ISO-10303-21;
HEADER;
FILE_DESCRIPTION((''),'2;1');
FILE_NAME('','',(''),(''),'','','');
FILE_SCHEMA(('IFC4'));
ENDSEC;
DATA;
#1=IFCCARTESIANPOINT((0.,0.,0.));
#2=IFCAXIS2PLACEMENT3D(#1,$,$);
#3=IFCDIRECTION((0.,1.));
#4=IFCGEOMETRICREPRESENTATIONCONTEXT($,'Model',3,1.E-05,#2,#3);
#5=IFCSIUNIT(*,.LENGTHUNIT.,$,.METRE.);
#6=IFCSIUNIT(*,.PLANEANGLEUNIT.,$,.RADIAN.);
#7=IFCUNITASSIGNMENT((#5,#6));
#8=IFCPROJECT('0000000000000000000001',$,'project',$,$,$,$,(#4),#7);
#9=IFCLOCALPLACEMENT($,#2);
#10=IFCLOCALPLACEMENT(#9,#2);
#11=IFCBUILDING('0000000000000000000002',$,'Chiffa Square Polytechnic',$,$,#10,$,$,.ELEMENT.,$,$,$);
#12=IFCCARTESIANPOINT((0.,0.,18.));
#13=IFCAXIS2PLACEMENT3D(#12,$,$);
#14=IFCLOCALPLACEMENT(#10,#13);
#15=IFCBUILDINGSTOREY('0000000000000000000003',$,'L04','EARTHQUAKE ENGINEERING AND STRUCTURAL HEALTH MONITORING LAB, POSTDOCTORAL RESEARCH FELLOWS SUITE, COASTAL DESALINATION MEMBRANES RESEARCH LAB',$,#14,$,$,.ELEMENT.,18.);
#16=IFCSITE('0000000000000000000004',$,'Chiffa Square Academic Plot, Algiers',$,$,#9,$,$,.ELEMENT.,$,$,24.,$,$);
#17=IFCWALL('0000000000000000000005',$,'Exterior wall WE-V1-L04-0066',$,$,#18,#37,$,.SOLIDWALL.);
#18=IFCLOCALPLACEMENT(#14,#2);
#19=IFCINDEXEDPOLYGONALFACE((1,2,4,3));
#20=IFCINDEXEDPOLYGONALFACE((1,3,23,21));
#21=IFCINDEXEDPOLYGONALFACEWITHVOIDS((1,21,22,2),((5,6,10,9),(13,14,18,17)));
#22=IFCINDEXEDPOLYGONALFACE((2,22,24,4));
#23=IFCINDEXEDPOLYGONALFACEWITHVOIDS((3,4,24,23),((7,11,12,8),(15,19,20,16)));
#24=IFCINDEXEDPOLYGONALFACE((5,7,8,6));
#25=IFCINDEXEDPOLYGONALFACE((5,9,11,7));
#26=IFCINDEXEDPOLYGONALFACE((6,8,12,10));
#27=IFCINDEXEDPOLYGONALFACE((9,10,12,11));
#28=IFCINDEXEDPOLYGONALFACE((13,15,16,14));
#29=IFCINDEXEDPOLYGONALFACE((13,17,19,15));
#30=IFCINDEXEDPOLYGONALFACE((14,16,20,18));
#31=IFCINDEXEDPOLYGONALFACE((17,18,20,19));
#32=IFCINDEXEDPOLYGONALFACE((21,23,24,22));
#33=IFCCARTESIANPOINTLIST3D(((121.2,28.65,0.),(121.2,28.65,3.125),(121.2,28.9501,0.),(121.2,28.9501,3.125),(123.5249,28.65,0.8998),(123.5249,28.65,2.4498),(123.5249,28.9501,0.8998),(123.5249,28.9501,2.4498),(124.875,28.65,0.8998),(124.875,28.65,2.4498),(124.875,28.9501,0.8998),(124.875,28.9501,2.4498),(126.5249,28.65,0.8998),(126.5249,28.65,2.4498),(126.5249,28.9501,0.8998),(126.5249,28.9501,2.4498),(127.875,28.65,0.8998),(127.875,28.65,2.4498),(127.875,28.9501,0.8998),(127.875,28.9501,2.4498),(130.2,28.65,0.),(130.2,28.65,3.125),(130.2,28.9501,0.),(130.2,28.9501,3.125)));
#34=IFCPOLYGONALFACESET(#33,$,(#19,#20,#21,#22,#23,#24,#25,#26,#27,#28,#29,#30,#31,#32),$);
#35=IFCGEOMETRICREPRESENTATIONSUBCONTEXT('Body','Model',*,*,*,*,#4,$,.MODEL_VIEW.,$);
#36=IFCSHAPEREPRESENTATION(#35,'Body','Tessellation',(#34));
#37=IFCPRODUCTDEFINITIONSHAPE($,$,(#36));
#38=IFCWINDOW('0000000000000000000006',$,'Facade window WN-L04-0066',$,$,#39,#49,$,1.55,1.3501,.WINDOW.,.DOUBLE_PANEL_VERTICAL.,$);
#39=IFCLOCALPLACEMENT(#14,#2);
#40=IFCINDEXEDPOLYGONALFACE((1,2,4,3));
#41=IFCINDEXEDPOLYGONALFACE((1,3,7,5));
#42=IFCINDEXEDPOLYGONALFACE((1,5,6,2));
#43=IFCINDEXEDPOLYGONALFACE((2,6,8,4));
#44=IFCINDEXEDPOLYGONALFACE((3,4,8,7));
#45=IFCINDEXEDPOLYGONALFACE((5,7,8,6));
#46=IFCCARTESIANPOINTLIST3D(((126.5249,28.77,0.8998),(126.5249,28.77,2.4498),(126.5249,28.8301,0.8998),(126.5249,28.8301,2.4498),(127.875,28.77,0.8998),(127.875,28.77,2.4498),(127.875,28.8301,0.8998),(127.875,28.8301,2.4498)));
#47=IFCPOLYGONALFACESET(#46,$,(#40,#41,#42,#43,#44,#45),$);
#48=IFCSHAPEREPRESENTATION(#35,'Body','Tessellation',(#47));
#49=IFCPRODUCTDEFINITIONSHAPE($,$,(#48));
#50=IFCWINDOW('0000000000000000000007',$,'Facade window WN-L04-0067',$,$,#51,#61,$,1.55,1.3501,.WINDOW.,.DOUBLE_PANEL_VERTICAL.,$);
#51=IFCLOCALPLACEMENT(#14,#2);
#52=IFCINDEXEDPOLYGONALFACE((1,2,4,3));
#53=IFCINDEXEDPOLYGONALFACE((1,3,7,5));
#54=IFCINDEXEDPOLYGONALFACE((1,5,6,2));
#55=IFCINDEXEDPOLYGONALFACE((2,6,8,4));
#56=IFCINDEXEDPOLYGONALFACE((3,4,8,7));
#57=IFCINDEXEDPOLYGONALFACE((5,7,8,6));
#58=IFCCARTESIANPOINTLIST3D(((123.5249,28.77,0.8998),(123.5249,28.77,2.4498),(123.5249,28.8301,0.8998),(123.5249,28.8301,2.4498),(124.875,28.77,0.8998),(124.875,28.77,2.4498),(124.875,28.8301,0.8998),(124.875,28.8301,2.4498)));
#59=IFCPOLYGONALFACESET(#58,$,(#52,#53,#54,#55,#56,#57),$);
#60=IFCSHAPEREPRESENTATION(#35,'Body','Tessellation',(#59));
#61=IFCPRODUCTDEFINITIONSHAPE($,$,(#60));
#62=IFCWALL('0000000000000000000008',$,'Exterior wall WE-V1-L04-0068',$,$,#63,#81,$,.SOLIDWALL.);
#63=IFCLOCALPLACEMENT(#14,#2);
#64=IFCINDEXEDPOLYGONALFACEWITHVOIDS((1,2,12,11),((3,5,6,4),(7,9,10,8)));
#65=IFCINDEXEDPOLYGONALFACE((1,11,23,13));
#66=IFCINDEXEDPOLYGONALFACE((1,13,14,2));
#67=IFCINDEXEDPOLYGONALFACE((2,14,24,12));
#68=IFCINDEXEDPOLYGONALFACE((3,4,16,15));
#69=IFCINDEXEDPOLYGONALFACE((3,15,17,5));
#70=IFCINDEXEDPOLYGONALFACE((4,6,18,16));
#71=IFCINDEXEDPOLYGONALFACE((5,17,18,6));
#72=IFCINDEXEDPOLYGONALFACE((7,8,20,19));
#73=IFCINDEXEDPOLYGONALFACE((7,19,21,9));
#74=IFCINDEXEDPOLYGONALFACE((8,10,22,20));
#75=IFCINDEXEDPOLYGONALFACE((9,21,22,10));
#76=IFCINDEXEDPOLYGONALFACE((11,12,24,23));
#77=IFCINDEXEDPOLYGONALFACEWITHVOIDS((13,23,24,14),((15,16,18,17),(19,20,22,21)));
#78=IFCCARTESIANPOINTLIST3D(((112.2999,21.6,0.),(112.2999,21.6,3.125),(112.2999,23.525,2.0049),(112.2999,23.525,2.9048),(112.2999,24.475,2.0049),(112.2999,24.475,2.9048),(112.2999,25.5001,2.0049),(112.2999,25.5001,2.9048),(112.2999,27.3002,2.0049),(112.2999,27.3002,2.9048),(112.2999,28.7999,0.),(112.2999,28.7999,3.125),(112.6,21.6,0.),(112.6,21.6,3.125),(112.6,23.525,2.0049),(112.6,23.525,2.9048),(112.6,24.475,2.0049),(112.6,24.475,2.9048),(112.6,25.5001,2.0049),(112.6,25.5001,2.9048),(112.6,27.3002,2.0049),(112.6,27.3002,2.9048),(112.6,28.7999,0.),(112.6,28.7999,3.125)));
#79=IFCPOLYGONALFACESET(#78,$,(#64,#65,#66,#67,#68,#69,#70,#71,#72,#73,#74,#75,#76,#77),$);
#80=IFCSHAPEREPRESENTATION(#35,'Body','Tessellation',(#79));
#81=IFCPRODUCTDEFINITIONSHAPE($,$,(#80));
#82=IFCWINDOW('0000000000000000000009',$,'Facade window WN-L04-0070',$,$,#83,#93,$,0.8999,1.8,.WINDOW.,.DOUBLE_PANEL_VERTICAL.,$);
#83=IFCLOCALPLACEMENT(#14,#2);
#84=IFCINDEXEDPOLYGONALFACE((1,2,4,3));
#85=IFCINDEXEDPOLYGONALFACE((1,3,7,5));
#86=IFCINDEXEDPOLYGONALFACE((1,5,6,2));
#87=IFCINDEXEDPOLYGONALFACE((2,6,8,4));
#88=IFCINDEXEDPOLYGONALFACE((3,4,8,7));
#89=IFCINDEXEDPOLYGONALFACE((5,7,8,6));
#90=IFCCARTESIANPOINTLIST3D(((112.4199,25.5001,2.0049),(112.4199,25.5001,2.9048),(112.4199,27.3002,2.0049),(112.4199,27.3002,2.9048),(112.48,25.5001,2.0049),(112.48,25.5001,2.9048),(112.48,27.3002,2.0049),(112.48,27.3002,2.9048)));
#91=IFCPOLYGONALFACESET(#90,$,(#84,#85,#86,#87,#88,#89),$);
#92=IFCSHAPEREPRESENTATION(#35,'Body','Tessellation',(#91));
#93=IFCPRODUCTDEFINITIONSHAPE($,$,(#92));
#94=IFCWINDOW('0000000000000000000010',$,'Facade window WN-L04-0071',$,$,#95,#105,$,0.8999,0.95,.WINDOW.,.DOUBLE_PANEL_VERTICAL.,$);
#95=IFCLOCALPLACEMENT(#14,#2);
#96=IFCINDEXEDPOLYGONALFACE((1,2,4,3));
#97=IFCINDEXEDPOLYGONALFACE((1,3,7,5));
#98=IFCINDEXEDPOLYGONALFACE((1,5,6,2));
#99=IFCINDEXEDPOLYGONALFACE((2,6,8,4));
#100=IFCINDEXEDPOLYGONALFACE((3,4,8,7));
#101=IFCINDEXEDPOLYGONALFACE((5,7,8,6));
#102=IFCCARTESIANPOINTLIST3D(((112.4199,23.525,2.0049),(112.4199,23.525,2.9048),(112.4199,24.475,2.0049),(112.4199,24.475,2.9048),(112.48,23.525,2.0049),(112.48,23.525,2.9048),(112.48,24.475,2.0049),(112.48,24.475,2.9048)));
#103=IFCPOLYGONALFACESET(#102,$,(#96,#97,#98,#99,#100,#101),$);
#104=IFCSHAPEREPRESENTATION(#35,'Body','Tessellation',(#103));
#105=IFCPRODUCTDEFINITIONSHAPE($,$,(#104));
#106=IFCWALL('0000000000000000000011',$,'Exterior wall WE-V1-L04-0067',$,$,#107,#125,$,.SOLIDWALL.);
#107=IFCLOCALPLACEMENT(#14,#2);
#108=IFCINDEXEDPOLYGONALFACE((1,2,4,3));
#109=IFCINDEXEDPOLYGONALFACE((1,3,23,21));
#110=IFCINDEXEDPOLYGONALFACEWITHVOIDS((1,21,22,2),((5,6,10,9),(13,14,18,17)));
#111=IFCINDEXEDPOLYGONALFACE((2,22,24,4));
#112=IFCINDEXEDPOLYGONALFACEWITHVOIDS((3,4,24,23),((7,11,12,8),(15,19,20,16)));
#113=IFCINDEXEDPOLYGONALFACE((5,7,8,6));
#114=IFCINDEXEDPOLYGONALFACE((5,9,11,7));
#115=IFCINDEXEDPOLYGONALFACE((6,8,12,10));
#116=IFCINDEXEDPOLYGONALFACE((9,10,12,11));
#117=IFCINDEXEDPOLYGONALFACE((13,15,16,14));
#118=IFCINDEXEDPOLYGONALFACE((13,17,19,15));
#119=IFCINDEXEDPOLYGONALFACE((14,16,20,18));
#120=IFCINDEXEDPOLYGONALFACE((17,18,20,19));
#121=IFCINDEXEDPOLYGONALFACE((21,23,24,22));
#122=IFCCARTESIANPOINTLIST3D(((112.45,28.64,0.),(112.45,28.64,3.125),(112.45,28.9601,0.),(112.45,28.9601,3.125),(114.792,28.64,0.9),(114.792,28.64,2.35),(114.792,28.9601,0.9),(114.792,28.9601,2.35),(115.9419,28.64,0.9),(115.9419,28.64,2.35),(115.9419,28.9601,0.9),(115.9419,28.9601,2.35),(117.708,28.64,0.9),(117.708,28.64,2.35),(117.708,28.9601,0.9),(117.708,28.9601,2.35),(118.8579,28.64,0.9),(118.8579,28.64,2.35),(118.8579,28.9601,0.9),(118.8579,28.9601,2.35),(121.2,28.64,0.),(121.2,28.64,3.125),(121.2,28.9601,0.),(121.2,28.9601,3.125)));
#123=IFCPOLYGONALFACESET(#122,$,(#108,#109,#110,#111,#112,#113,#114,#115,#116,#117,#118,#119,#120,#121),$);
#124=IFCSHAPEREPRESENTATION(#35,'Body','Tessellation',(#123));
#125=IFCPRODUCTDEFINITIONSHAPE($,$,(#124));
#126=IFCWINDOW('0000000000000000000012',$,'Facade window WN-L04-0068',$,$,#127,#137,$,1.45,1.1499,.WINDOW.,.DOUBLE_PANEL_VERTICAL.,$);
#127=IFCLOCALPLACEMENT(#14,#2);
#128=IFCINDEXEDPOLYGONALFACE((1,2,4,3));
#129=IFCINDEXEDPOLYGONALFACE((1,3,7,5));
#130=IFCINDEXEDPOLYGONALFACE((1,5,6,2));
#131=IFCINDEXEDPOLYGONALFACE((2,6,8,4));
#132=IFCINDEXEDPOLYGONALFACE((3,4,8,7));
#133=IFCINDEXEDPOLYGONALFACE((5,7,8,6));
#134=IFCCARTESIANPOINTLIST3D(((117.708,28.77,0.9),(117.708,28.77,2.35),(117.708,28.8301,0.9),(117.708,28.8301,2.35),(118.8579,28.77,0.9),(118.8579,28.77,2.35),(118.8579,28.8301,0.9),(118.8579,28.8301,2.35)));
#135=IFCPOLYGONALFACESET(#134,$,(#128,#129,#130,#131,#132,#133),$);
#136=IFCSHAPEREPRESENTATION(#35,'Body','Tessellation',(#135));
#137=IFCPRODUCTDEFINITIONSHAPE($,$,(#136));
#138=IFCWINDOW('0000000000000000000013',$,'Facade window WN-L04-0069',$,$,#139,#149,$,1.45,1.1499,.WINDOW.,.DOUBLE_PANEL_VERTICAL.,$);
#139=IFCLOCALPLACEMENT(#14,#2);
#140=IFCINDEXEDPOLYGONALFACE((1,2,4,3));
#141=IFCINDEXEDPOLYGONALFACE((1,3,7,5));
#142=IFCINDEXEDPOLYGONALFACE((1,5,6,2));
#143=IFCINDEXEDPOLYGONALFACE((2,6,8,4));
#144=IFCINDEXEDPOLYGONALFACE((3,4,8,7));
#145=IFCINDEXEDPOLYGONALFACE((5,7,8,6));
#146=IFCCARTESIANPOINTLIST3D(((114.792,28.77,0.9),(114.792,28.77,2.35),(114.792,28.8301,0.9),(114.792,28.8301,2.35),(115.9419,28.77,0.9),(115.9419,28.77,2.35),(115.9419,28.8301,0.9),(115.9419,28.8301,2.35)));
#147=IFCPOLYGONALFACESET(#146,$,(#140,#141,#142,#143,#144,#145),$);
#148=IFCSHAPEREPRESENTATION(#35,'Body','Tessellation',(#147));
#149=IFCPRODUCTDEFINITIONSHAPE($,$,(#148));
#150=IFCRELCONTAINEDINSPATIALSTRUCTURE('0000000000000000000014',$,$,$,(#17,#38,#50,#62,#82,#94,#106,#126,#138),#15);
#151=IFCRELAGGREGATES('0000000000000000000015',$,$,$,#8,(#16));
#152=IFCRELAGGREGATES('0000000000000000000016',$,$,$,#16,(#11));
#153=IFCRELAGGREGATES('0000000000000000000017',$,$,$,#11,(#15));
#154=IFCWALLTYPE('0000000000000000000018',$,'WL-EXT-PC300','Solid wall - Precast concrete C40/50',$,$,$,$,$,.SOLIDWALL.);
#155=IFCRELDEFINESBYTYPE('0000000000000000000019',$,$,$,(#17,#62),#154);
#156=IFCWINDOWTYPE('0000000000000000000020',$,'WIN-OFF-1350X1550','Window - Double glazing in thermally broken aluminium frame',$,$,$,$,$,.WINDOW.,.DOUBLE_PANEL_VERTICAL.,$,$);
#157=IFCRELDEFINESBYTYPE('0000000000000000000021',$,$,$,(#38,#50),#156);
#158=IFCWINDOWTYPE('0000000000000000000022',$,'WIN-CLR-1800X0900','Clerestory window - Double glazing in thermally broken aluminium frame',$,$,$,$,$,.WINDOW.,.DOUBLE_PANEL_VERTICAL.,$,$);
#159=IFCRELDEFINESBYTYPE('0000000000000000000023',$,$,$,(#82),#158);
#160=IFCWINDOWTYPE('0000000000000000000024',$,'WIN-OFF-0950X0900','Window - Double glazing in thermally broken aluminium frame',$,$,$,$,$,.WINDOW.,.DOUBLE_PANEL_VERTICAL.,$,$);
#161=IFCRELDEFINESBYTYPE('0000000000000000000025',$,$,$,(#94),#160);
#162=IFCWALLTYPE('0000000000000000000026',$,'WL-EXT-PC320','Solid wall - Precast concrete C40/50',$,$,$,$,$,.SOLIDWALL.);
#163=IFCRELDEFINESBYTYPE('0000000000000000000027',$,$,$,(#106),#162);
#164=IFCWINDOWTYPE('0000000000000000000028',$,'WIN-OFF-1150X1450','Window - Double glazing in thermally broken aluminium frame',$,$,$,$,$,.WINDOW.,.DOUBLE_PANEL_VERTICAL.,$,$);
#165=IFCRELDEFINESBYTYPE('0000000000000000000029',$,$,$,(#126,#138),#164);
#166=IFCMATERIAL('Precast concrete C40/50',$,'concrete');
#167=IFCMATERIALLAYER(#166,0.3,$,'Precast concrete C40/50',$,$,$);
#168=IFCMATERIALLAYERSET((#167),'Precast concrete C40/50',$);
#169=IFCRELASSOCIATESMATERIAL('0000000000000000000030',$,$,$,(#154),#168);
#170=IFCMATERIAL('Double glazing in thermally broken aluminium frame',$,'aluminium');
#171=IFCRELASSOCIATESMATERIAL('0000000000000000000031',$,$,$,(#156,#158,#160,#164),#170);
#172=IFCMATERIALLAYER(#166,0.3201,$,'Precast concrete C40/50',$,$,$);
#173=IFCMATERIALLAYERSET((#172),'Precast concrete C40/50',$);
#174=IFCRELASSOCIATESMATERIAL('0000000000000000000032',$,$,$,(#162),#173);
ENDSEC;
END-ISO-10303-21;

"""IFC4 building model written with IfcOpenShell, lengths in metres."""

from ifc_helpers import new_model, si_unit, direction, frame, frame_2d, origin, place, context, subcontext, project, spatial, rectangle, extrude, material, layer, layer_set, type_object, element, fill, save


model = new_model("IFC4")

# Units and contexts
model_context = context("Model", 3, precision=1e-05, world=origin(), true_north=direction((0.0, 1.0)))
body_context = subcontext(model_context, "Body", "Model", "MODEL_VIEW")
ifc_project = project(units=[si_unit("LENGTHUNIT", "METRE"), si_unit("PLANEANGLEUNIT", "RADIAN")], contexts=[model_context])

# Site, building, storey
site_placement = place(None, origin())
site = spatial("IfcSite", under=ifc_project, at=site_placement, Name="Chiffa Square Academic Plot, Algiers", CompositionType="ELEMENT", RefElevation=24.0)
building_placement = place(site_placement, origin())
building = spatial("IfcBuilding", under=site, at=building_placement, Name="Chiffa Square Polytechnic", CompositionType="ELEMENT")
storey_placement = place(building_placement, frame((0.0, 0.0, 18.0)))
storey = spatial("IfcBuildingStorey", under=building, at=storey_placement, Name="L04", Description="EARTHQUAKE ENGINEERING AND STRUCTURAL HEALTH MONITORING LAB, POSTDOCTORAL RESEARCH FELLOWS SUITE, COASTAL DESALINATION MEMBRANES RESEARCH LAB", CompositionType="ELEMENT", Elevation=18.0)

# Shared definitions
ifc_material_1 = material(Name="Precast concrete C40/50", Category="concrete")

# Walls, openings, windows
ifc_layer_1 = layer(ifc_material_1, 0.3, Name="Precast concrete C40/50")
ifc_layer_set_1 = layer_set([ifc_layer_1], Name="Precast concrete C40/50")
wall_type_1 = type_object("IfcWallType", Name="WL-EXT-PC300", Description="Solid wall - Precast concrete C40/50", PredefinedType="SOLIDWALL", material=ifc_layer_set_1)
wall_1_placement = place(storey_placement, frame((130.2, 28.8, 0.0), z_axis=(0.0, 0.0, 1.0), x_axis=(-1.0, 0.0, 0.0)))
wall_1 = element("IfcWall", 1, at=wall_1_placement, inside=storey, type_object=wall_type_1, Name="Exterior wall WE-V1-L04-0066", PredefinedType="SOLIDWALL", context=body_context, shape_type="SweptSolid", body=[
    extrude(rectangle(XDim=9.0, YDim=0.3, at=frame_2d((4.5, 0.0))), origin(), (0.0, 0.0, 1.0), 3.125),
])
opening_1_placement = place(wall_1_placement, frame((2.325, 0.0, 0.8999)))
opening_1 = element("IfcOpeningElement", 2, at=opening_1_placement, cuts=wall_1, PredefinedType="OPENING", context=body_context, shape_type="SweptSolid", body=[
    extrude(rectangle(XDim=1.3501, YDim=1.55, at=frame_2d((0.675, 0.7749))), frame((0.0, 0.1602, 0.0), z_axis=(0.0, -1.0, 0.0), x_axis=(1.0, 0.0, 0.0)), (0.0, 0.0, 1.0), 0.3201),
])
opening_2_placement = place(wall_1_placement, frame((5.325, 0.0, 0.8999)))
opening_2 = element("IfcOpeningElement", 3, at=opening_2_placement, cuts=wall_1, PredefinedType="OPENING", context=body_context, shape_type="SweptSolid", body=[
    extrude(rectangle(XDim=1.3501, YDim=1.55, at=frame_2d((0.675, 0.7749))), frame((0.0, 0.1602, 0.0), z_axis=(0.0, -1.0, 0.0), x_axis=(1.0, 0.0, 0.0)), (0.0, 0.0, 1.0), 0.3201),
])
ifc_material_2 = material(Name="Double glazing in thermally broken aluminium frame", Category="aluminium")
window_type_1 = type_object("IfcWindowType", Name="WIN-OFF-1350X1550", Description="Window - Double glazing in thermally broken aluminium frame", PartitioningType="DOUBLE_PANEL_VERTICAL", PredefinedType="WINDOW", material=ifc_material_2)
window_1_placement = place(opening_1_placement, origin())
window_1 = element("IfcWindow", 4, at=window_1_placement, inside=storey, type_object=window_type_1, Name="Facade window WN-L04-0066", OverallHeight=1.55, OverallWidth=1.3501, PartitioningType="DOUBLE_PANEL_VERTICAL", PredefinedType="WINDOW", context=body_context, shape_type="SweptSolid", body=[
    extrude(rectangle(XDim=1.3501, YDim=1.55, at=frame_2d((0.675, 0.7749))), frame((0.0, 0.03, 0.0), z_axis=(0.0, -1.0, 0.0), x_axis=(1.0, 0.0, 0.0)), (0.0, 0.0, 1.0), 0.0601),
])
fill(opening_1, window_1)
window_2_placement = place(opening_2_placement, origin())
window_2 = element("IfcWindow", 5, at=window_2_placement, inside=storey, type_object=window_type_1, Name="Facade window WN-L04-0067", OverallHeight=1.55, OverallWidth=1.3501, PartitioningType="DOUBLE_PANEL_VERTICAL", PredefinedType="WINDOW", context=body_context, shape_type="SweptSolid", body=[
    extrude(rectangle(XDim=1.3501, YDim=1.55, at=frame_2d((0.675, 0.7749))), frame((0.0, 0.03, 0.0), z_axis=(0.0, -1.0, 0.0), x_axis=(1.0, 0.0, 0.0)), (0.0, 0.0, 1.0), 0.0601),
])
fill(opening_2, window_2)
wall_2_placement = place(storey_placement, frame((112.45, 28.8, 0.0), z_axis=(0.0, 0.0, 1.0), x_axis=(0.0, -1.0, 0.0)))
wall_2 = element("IfcWall", 6, at=wall_2_placement, inside=storey, type_object=wall_type_1, Name="Exterior wall WE-V1-L04-0068", PredefinedType="SOLIDWALL", context=body_context, shape_type="SweptSolid", body=[
    extrude(rectangle(XDim=7.2, YDim=0.3, at=frame_2d((3.6001, 0.0))), origin(), (0.0, 0.0, 1.0), 3.125),
])
opening_3_placement = place(wall_2_placement, frame((1.5, 0.0, 2.0049)))
opening_3 = element("IfcOpeningElement", 7, at=opening_3_placement, cuts=wall_2, PredefinedType="OPENING", context=body_context, shape_type="SweptSolid", body=[
    extrude(rectangle(XDim=1.8, YDim=0.8999, at=frame_2d((0.8999, 0.45))), frame((0.0, 0.1602, 0.0), z_axis=(0.0, -1.0, 0.0), x_axis=(1.0, 0.0, 0.0)), (0.0, 0.0, 1.0), 0.3201),
])
opening_4_placement = place(wall_2_placement, frame((4.325, 0.0, 2.0049)))
opening_4 = element("IfcOpeningElement", 8, at=opening_4_placement, cuts=wall_2, PredefinedType="OPENING", context=body_context, shape_type="SweptSolid", body=[
    extrude(rectangle(XDim=0.95, YDim=0.8999, at=frame_2d((0.4751, 0.45))), frame((0.0, 0.1602, 0.0), z_axis=(0.0, -1.0, 0.0), x_axis=(1.0, 0.0, 0.0)), (0.0, 0.0, 1.0), 0.3201),
])
window_type_2 = type_object("IfcWindowType", Name="WIN-CLR-1800X0900", Description="Clerestory window - Double glazing in thermally broken aluminium frame", PartitioningType="DOUBLE_PANEL_VERTICAL", PredefinedType="WINDOW", material=ifc_material_2)
window_3_placement = place(opening_3_placement, origin())
window_3 = element("IfcWindow", 9, at=window_3_placement, inside=storey, type_object=window_type_2, Name="Facade window WN-L04-0070", OverallHeight=0.8999, OverallWidth=1.8, PartitioningType="DOUBLE_PANEL_VERTICAL", PredefinedType="WINDOW", context=body_context, shape_type="SweptSolid", body=[
    extrude(rectangle(XDim=1.8, YDim=0.8999, at=frame_2d((0.8999, 0.45))), frame((0.0, 0.03, 0.0), z_axis=(0.0, -1.0, 0.0), x_axis=(1.0, 0.0, 0.0)), (0.0, 0.0, 1.0), 0.0601),
])
fill(opening_3, window_3)
window_type_3 = type_object("IfcWindowType", Name="WIN-OFF-0950X0900", Description="Window - Double glazing in thermally broken aluminium frame", PartitioningType="DOUBLE_PANEL_VERTICAL", PredefinedType="WINDOW", material=ifc_material_2)
window_4_placement = place(opening_4_placement, origin())
window_4 = element("IfcWindow", 10, at=window_4_placement, inside=storey, type_object=window_type_3, Name="Facade window WN-L04-0071", OverallHeight=0.8999, OverallWidth=0.95, PartitioningType="DOUBLE_PANEL_VERTICAL", PredefinedType="WINDOW", context=body_context, shape_type="SweptSolid", body=[
    extrude(rectangle(XDim=0.95, YDim=0.8999, at=frame_2d((0.4751, 0.45))), frame((0.0, 0.03, 0.0), z_axis=(0.0, -1.0, 0.0), x_axis=(1.0, 0.0, 0.0)), (0.0, 0.0, 1.0), 0.0601),
])
fill(opening_4, window_4)
ifc_layer_2 = layer(ifc_material_1, 0.3201, Name="Precast concrete C40/50")
ifc_layer_set_2 = layer_set([ifc_layer_2], Name="Precast concrete C40/50")
wall_type_2 = type_object("IfcWallType", Name="WL-EXT-PC320", Description="Solid wall - Precast concrete C40/50", PredefinedType="SOLIDWALL", material=ifc_layer_set_2)
wall_3_placement = place(storey_placement, frame((121.2, 28.8, 0.0), z_axis=(0.0, 0.0, 1.0), x_axis=(-1.0, 0.0, 0.0)))
wall_3 = element("IfcWall", 11, at=wall_3_placement, inside=storey, type_object=wall_type_2, Name="Exterior wall WE-V1-L04-0067", PredefinedType="SOLIDWALL", context=body_context, shape_type="SweptSolid", body=[
    extrude(rectangle(XDim=8.75, YDim=0.3201, at=frame_2d((4.375, 0.0))), origin(), (0.0, 0.0, 1.0), 3.125),
])
opening_5_placement = place(wall_3_placement, frame((2.342, 0.0, 0.8999)))
opening_5 = element("IfcOpeningElement", 12, at=opening_5_placement, cuts=wall_3, PredefinedType="OPENING", context=body_context, shape_type="SweptSolid", body=[
    extrude(rectangle(XDim=1.1499, YDim=1.45, at=frame_2d((0.575, 0.7251))), frame((0.0, 0.1699, 0.0), z_axis=(0.0, -1.0, 0.0), x_axis=(1.0, 0.0, 0.0)), (0.0, 0.0, 1.0), 0.3401),
])
opening_6_placement = place(wall_3_placement, frame((5.2581, 0.0, 0.8999)))
opening_6 = element("IfcOpeningElement", 13, at=opening_6_placement, cuts=wall_3, PredefinedType="OPENING", context=body_context, shape_type="SweptSolid", body=[
    extrude(rectangle(XDim=1.1499, YDim=1.45, at=frame_2d((0.575, 0.7251))), frame((0.0, 0.1699, 0.0), z_axis=(0.0, -1.0, 0.0), x_axis=(1.0, 0.0, 0.0)), (0.0, 0.0, 1.0), 0.3401),
])
window_type_4 = type_object("IfcWindowType", Name="WIN-OFF-1150X1450", Description="Window - Double glazing in thermally broken aluminium frame", PartitioningType="DOUBLE_PANEL_VERTICAL", PredefinedType="WINDOW", material=ifc_material_2)
window_5_placement = place(opening_5_placement, origin())
window_5 = element("IfcWindow", 14, at=window_5_placement, inside=storey, type_object=window_type_4, Name="Facade window WN-L04-0068", OverallHeight=1.45, OverallWidth=1.1499, PartitioningType="DOUBLE_PANEL_VERTICAL", PredefinedType="WINDOW", context=body_context, shape_type="SweptSolid", body=[
    extrude(rectangle(XDim=1.1499, YDim=1.45, at=frame_2d((0.575, 0.7251))), frame((0.0, 0.03, 0.0), z_axis=(0.0, -1.0, 0.0), x_axis=(1.0, 0.0, 0.0)), (0.0, 0.0, 1.0), 0.0601),
])
fill(opening_5, window_5)
window_6_placement = place(opening_6_placement, origin())
window_6 = element("IfcWindow", 15, at=window_6_placement, inside=storey, type_object=window_type_4, Name="Facade window WN-L04-0069", OverallHeight=1.45, OverallWidth=1.1499, PartitioningType="DOUBLE_PANEL_VERTICAL", PredefinedType="WINDOW", context=body_context, shape_type="SweptSolid", body=[
    extrude(rectangle(XDim=1.1499, YDim=1.45, at=frame_2d((0.575, 0.7251))), frame((0.0, 0.03, 0.0), z_axis=(0.0, -1.0, 0.0), x_axis=(1.0, 0.0, 0.0)), (0.0, 0.0, 1.0), 0.0601),
])
fill(opening_6, window_6)

save(model, "model.ifc")
